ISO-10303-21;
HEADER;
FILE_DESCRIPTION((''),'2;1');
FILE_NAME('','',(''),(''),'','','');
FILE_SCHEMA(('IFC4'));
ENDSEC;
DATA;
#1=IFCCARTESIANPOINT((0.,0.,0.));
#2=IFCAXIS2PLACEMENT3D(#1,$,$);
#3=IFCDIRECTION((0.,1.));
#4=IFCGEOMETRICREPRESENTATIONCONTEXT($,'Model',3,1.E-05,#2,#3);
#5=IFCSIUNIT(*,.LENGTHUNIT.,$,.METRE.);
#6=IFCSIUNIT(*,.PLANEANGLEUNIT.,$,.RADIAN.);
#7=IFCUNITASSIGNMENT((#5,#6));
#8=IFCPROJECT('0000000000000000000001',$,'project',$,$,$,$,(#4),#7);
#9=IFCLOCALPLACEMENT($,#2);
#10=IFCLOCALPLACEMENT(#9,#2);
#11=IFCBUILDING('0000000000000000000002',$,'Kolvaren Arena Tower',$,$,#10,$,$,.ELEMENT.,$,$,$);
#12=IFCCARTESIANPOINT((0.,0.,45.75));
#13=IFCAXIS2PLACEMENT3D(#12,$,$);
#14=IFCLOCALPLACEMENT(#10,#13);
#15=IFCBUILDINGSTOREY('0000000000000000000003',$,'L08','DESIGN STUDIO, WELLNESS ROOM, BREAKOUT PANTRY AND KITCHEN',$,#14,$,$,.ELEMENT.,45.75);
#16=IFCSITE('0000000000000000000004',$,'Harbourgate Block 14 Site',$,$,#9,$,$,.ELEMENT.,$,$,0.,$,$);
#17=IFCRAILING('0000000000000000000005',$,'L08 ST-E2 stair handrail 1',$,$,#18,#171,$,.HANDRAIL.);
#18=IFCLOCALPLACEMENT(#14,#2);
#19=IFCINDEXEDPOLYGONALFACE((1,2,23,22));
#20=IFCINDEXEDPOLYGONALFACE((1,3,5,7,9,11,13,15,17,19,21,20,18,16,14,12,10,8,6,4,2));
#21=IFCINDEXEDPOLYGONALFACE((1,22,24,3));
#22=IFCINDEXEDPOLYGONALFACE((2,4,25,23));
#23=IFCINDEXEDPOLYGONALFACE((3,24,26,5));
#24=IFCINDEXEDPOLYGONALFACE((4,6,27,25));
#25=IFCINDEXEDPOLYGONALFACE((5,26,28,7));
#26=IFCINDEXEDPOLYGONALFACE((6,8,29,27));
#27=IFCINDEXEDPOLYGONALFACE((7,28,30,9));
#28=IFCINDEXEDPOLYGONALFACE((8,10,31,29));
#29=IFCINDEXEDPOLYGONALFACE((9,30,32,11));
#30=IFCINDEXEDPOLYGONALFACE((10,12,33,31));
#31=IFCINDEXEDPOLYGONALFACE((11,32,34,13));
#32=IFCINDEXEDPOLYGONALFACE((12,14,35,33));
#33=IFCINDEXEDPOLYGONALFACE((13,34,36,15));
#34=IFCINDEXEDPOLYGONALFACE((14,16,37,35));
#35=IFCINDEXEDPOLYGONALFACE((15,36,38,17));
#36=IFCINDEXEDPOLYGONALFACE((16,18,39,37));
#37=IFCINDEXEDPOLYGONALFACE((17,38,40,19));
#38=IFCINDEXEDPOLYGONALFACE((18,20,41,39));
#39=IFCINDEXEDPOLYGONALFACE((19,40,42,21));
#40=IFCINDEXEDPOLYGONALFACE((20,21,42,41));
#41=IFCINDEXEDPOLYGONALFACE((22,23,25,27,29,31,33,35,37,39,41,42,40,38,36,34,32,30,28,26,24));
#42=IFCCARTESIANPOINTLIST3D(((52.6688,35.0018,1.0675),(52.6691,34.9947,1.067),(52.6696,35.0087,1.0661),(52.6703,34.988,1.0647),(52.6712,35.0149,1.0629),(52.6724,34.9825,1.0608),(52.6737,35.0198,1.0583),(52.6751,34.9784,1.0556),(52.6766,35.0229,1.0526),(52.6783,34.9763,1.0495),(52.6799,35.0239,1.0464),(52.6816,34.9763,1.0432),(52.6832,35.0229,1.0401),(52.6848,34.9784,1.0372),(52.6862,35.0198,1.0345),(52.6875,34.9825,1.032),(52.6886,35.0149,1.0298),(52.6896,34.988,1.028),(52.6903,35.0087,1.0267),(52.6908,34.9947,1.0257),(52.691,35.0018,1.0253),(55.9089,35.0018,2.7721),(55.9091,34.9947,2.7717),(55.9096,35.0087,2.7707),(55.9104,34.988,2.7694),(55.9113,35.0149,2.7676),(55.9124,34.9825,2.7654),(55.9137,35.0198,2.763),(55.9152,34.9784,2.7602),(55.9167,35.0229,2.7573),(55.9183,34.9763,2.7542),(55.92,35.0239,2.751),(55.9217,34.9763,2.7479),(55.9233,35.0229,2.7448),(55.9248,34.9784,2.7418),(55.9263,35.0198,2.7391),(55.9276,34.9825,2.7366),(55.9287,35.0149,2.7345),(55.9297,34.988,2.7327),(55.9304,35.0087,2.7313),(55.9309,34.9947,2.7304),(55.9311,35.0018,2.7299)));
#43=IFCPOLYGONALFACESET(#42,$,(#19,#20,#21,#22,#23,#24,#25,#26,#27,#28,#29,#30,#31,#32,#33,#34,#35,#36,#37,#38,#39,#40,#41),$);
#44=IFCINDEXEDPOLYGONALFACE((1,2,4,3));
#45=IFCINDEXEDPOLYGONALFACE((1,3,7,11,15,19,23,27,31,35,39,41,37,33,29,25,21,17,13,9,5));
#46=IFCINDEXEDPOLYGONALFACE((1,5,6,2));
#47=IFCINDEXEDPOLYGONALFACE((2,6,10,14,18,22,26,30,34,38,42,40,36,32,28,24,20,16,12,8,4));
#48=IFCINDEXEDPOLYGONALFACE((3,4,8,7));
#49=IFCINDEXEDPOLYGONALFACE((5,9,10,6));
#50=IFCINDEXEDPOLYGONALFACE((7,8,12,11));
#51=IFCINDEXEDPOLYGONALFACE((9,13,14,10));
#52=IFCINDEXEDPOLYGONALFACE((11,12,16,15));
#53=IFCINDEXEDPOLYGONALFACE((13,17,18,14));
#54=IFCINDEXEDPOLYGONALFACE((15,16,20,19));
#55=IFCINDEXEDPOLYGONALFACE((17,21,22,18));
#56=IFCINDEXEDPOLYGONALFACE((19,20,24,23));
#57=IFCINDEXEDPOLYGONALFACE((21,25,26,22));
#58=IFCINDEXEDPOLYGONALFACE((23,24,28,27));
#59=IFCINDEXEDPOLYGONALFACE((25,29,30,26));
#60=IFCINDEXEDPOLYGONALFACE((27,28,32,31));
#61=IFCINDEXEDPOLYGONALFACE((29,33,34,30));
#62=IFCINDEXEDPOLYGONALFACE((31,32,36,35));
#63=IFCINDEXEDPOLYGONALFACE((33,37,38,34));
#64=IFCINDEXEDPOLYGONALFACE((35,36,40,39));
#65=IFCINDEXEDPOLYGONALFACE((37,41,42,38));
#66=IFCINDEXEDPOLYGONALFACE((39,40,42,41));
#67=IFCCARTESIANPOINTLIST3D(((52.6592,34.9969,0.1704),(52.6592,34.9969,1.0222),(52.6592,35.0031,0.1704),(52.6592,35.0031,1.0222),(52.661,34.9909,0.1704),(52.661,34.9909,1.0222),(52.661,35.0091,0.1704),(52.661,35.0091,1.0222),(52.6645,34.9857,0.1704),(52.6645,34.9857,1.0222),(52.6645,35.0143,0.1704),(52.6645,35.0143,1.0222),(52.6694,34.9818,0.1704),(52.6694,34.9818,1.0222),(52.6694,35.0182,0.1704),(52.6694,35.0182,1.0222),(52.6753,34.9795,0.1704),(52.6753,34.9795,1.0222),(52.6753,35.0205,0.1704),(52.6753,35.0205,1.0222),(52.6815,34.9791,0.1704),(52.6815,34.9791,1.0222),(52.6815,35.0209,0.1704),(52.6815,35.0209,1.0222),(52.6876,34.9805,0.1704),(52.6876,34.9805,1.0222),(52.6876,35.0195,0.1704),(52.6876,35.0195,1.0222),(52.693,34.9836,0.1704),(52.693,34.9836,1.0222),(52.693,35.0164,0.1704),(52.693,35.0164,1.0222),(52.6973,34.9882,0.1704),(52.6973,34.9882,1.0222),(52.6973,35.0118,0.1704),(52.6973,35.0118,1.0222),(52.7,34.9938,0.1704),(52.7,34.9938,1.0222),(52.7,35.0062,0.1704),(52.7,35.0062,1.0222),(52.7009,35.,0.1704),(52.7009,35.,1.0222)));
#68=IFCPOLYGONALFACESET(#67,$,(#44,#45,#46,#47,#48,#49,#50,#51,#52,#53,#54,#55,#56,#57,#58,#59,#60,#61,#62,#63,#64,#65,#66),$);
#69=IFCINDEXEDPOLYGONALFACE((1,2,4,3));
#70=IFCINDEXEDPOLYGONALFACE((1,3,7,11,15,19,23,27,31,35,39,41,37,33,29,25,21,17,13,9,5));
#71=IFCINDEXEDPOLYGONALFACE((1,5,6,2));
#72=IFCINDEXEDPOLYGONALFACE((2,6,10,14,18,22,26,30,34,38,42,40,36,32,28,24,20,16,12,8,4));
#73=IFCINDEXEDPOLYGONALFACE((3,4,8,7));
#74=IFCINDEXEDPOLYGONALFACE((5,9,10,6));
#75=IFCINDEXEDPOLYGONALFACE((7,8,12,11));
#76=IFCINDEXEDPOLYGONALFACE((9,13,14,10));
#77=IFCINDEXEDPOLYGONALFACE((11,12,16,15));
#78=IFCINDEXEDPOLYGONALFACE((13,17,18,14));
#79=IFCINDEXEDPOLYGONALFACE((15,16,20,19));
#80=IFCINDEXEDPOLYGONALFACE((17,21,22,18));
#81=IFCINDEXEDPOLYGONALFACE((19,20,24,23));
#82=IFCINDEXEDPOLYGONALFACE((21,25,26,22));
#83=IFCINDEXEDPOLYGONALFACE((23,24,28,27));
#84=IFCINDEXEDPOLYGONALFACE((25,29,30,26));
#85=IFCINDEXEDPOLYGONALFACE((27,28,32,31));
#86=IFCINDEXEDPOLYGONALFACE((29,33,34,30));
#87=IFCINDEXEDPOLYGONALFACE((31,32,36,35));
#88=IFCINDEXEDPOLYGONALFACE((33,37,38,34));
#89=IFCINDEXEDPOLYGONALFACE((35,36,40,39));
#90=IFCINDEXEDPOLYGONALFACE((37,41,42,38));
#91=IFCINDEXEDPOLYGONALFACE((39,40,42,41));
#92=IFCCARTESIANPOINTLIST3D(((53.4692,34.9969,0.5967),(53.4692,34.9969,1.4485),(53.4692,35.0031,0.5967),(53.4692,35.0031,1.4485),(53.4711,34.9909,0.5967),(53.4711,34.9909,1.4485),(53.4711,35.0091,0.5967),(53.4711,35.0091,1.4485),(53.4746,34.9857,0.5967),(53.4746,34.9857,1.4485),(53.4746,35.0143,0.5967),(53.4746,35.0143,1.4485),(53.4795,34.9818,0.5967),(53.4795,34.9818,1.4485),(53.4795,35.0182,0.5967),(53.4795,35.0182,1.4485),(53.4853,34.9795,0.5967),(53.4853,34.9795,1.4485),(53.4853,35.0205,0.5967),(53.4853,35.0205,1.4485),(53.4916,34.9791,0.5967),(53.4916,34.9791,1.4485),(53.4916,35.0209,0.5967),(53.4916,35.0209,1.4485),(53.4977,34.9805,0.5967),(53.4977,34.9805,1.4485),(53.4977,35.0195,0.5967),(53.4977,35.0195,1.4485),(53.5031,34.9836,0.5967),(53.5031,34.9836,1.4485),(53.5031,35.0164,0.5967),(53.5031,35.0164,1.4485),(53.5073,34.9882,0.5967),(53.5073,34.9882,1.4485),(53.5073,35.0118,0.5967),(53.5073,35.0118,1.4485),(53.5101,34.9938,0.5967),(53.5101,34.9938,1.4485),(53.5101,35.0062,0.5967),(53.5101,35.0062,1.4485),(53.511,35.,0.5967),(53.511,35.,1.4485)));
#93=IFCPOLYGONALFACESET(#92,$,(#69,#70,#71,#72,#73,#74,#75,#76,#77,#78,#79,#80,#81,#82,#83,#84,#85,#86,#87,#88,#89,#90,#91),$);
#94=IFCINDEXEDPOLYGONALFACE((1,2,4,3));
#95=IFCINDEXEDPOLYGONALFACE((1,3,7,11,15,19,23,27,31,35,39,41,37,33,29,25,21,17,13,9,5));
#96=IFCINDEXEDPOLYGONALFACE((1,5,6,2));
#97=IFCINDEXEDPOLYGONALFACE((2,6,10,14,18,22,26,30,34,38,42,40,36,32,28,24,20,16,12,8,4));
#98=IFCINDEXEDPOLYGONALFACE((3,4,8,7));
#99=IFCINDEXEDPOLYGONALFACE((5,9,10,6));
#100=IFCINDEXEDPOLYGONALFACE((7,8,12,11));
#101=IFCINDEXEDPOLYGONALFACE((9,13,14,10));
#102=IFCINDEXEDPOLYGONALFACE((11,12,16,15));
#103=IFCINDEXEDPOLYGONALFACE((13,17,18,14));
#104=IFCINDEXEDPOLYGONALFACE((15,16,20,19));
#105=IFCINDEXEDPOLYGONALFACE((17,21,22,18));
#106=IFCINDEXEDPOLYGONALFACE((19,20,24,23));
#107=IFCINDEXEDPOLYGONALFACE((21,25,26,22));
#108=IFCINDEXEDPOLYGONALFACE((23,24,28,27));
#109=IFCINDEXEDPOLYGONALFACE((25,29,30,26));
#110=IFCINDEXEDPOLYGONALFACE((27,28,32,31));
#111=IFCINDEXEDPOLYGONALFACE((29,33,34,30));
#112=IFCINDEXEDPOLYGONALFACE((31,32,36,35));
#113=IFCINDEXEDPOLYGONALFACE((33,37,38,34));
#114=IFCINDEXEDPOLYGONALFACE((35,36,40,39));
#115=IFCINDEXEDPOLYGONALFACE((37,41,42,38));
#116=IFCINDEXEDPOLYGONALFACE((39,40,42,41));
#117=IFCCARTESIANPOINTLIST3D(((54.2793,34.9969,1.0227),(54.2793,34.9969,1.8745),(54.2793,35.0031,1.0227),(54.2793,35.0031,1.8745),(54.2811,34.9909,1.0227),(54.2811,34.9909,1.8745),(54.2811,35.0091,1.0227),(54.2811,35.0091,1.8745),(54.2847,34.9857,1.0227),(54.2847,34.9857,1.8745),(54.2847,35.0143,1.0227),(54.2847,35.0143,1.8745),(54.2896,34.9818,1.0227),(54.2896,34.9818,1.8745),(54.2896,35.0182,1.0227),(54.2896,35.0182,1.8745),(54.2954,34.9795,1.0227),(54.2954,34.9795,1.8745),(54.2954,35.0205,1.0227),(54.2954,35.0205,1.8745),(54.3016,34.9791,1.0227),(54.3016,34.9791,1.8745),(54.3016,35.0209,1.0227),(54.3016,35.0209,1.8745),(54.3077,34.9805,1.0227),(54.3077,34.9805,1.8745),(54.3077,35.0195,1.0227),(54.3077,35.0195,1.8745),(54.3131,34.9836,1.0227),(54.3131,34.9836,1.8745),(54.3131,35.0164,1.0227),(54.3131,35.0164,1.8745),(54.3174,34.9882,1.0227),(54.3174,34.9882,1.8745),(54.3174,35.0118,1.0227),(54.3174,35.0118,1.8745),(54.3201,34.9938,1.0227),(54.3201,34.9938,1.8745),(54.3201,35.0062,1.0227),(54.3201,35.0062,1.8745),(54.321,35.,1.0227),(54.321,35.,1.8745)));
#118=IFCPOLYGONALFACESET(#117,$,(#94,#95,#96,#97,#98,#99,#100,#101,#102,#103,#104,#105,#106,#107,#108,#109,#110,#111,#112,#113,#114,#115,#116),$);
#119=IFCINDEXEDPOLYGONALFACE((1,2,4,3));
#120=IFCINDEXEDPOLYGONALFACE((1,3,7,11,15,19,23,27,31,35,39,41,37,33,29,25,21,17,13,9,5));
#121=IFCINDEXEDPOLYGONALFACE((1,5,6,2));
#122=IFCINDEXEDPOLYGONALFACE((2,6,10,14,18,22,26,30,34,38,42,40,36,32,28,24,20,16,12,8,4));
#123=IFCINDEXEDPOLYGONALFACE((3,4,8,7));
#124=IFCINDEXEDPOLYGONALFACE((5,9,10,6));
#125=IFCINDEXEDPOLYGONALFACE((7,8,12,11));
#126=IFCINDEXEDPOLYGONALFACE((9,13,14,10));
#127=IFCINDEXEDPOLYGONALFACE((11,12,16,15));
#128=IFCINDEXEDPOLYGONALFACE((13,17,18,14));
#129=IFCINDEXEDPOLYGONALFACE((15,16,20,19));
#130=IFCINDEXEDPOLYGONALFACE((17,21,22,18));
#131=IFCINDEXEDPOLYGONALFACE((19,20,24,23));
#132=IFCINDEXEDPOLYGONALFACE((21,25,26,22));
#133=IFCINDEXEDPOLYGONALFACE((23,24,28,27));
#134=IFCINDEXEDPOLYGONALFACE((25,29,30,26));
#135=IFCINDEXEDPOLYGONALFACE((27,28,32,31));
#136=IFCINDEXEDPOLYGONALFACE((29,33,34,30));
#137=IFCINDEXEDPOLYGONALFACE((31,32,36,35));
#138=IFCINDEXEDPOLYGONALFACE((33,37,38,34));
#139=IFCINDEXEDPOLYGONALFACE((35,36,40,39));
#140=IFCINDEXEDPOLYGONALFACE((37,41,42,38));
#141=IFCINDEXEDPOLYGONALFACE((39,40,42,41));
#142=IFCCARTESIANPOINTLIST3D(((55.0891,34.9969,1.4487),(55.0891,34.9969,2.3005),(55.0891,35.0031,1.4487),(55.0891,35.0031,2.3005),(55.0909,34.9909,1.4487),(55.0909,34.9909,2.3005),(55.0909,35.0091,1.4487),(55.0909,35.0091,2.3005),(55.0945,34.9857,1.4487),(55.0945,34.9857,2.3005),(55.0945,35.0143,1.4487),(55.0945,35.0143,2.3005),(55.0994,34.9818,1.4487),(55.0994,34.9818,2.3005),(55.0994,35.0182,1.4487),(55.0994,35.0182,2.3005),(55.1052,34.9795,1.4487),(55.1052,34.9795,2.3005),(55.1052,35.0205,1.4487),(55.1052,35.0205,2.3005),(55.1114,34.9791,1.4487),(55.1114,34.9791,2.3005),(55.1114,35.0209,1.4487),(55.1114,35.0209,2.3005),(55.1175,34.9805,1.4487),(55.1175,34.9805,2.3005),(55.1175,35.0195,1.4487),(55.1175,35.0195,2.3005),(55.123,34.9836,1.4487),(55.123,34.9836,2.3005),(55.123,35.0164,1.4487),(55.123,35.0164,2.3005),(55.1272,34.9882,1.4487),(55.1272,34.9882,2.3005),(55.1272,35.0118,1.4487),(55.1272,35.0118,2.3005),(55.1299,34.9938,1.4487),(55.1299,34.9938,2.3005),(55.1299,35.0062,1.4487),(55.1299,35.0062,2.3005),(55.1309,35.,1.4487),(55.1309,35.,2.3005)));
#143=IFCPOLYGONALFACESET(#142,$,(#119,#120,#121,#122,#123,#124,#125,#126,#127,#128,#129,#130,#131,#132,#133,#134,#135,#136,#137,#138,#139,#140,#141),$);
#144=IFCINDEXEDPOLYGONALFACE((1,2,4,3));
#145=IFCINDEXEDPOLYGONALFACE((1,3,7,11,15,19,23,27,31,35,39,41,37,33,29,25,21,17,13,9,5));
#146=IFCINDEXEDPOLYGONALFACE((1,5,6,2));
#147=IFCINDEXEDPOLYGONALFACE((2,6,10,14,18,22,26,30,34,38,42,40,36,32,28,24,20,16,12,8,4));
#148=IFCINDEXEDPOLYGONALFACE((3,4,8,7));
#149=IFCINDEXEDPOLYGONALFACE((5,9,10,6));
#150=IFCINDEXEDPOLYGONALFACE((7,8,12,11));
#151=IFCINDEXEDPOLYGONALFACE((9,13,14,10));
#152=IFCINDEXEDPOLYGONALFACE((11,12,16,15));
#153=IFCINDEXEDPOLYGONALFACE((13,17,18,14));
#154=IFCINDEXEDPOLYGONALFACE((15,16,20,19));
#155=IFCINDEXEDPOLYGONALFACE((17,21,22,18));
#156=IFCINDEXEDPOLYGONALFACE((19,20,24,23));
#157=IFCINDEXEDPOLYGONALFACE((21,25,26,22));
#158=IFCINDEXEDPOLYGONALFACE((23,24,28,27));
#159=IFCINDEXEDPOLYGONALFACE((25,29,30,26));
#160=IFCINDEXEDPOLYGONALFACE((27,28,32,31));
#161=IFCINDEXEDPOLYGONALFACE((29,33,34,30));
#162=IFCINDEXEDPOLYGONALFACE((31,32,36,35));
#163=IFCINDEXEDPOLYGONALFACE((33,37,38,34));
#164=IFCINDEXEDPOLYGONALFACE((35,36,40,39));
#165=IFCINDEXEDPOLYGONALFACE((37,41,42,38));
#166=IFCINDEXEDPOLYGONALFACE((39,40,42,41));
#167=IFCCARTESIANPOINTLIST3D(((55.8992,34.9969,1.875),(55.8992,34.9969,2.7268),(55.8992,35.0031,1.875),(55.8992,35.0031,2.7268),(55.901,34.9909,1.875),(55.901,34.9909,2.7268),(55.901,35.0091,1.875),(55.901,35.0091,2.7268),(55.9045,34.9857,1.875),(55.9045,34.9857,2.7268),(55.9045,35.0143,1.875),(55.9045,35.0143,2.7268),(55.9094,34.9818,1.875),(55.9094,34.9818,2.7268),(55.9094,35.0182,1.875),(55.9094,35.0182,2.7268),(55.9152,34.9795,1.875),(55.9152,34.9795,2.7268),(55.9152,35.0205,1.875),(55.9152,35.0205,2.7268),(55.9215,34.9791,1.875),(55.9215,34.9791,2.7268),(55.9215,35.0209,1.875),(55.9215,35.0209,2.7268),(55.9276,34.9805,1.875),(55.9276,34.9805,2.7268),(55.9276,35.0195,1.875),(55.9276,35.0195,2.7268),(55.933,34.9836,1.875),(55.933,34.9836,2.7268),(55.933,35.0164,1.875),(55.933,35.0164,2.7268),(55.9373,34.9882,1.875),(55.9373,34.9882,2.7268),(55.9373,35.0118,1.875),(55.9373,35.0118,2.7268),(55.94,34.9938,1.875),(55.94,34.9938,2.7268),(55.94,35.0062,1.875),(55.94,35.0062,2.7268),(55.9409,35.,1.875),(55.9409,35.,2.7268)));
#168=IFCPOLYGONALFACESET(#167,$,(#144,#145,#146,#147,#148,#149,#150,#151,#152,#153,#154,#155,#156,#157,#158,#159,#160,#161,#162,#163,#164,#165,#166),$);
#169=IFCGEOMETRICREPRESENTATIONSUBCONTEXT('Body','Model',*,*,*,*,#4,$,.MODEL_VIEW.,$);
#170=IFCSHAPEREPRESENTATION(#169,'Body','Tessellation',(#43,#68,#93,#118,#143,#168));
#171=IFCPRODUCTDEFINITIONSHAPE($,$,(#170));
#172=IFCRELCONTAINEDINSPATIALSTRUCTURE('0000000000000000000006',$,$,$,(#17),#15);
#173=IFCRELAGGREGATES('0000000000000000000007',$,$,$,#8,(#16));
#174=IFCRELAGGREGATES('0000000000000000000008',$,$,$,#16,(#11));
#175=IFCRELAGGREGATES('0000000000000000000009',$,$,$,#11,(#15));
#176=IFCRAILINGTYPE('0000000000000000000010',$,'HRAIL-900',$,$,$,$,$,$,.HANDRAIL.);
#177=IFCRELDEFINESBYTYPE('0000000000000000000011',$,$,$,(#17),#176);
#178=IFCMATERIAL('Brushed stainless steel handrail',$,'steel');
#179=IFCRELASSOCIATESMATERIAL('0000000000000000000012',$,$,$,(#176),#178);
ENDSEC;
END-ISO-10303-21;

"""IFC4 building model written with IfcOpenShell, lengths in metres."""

from ifc_helpers import new_model, si_unit, direction, frame, origin, origin_2d, place, context, subcontext, project, spatial, circle, extrude, material, type_object, element, save


model = new_model("IFC4")

# Units and contexts
model_context = context("Model", 3, precision=1e-05, world=origin(), true_north=direction((0.0, 1.0)))
body_context = subcontext(model_context, "Body", "Model", "MODEL_VIEW")
ifc_project = project(units=[si_unit("LENGTHUNIT", "METRE"), si_unit("PLANEANGLEUNIT", "RADIAN")], contexts=[model_context])

# Site, building, storey
site_placement = place(None, origin())
site = spatial("IfcSite", under=ifc_project, at=site_placement, Name="Harbourgate Block 14 Site", CompositionType="ELEMENT", RefElevation=0.0)
building_placement = place(site_placement, origin())
building = spatial("IfcBuilding", under=site, at=building_placement, Name="Kolvaren Arena Tower", CompositionType="ELEMENT")
storey_placement = place(building_placement, frame((0.0, 0.0, 45.75)))
storey = spatial("IfcBuildingStorey", under=building, at=storey_placement, Name="L08", Description="DESIGN STUDIO, WELLNESS ROOM, BREAKOUT PANTRY AND KITCHEN", CompositionType="ELEMENT", Elevation=45.75)

# Railing
ifc_material_1 = material(Name="Brushed stainless steel handrail", Category="steel")
railing_type_1 = type_object("IfcRailingType", Name="HRAIL-900", PredefinedType="HANDRAIL", material=ifc_material_1)
for number, where, name in (
    (1, (52.6799, 35.0, 0.1704), "L08 ST-E2 stair handrail 1"),
):
    element("IfcRailing", number, at=place(storey_placement, frame(where)), inside=storey, type_object=railing_type_1, Name=name, PredefinedType="HANDRAIL", context=body_context, shape_type="SweptSolid", body=[
        extrude(circle(Radius=0.0239, at=origin_2d()), frame((0.0, 0.0, 0.876), z_axis=(0.884993, 0.0, 0.465604), x_axis=(0.0, 1.0, 0.0)), (0.0, 0.0, 1.0), 3.6611),
        extrude(circle(Radius=0.021, at=origin_2d()), origin(), (0.0, 0.0, 1.0), 0.8518),
        extrude(circle(Radius=0.021, at=origin_2d()), frame((0.8101, 0.0, 0.4263)), (0.0, 0.0, 1.0), 0.8518),
        extrude(circle(Radius=0.021, at=origin_2d()), frame((1.6201, 0.0, 0.8523)), (0.0, 0.0, 1.0), 0.8518),
        extrude(circle(Radius=0.021, at=origin_2d()), frame((2.4299, 0.0, 1.2783)), (0.0, 0.0, 1.0), 0.8518),
        extrude(circle(Radius=0.021, at=origin_2d()), frame((3.24, 0.0, 1.7046)), (0.0, 0.0, 1.0), 0.8518),
    ])

save(model, "model.ifc")
